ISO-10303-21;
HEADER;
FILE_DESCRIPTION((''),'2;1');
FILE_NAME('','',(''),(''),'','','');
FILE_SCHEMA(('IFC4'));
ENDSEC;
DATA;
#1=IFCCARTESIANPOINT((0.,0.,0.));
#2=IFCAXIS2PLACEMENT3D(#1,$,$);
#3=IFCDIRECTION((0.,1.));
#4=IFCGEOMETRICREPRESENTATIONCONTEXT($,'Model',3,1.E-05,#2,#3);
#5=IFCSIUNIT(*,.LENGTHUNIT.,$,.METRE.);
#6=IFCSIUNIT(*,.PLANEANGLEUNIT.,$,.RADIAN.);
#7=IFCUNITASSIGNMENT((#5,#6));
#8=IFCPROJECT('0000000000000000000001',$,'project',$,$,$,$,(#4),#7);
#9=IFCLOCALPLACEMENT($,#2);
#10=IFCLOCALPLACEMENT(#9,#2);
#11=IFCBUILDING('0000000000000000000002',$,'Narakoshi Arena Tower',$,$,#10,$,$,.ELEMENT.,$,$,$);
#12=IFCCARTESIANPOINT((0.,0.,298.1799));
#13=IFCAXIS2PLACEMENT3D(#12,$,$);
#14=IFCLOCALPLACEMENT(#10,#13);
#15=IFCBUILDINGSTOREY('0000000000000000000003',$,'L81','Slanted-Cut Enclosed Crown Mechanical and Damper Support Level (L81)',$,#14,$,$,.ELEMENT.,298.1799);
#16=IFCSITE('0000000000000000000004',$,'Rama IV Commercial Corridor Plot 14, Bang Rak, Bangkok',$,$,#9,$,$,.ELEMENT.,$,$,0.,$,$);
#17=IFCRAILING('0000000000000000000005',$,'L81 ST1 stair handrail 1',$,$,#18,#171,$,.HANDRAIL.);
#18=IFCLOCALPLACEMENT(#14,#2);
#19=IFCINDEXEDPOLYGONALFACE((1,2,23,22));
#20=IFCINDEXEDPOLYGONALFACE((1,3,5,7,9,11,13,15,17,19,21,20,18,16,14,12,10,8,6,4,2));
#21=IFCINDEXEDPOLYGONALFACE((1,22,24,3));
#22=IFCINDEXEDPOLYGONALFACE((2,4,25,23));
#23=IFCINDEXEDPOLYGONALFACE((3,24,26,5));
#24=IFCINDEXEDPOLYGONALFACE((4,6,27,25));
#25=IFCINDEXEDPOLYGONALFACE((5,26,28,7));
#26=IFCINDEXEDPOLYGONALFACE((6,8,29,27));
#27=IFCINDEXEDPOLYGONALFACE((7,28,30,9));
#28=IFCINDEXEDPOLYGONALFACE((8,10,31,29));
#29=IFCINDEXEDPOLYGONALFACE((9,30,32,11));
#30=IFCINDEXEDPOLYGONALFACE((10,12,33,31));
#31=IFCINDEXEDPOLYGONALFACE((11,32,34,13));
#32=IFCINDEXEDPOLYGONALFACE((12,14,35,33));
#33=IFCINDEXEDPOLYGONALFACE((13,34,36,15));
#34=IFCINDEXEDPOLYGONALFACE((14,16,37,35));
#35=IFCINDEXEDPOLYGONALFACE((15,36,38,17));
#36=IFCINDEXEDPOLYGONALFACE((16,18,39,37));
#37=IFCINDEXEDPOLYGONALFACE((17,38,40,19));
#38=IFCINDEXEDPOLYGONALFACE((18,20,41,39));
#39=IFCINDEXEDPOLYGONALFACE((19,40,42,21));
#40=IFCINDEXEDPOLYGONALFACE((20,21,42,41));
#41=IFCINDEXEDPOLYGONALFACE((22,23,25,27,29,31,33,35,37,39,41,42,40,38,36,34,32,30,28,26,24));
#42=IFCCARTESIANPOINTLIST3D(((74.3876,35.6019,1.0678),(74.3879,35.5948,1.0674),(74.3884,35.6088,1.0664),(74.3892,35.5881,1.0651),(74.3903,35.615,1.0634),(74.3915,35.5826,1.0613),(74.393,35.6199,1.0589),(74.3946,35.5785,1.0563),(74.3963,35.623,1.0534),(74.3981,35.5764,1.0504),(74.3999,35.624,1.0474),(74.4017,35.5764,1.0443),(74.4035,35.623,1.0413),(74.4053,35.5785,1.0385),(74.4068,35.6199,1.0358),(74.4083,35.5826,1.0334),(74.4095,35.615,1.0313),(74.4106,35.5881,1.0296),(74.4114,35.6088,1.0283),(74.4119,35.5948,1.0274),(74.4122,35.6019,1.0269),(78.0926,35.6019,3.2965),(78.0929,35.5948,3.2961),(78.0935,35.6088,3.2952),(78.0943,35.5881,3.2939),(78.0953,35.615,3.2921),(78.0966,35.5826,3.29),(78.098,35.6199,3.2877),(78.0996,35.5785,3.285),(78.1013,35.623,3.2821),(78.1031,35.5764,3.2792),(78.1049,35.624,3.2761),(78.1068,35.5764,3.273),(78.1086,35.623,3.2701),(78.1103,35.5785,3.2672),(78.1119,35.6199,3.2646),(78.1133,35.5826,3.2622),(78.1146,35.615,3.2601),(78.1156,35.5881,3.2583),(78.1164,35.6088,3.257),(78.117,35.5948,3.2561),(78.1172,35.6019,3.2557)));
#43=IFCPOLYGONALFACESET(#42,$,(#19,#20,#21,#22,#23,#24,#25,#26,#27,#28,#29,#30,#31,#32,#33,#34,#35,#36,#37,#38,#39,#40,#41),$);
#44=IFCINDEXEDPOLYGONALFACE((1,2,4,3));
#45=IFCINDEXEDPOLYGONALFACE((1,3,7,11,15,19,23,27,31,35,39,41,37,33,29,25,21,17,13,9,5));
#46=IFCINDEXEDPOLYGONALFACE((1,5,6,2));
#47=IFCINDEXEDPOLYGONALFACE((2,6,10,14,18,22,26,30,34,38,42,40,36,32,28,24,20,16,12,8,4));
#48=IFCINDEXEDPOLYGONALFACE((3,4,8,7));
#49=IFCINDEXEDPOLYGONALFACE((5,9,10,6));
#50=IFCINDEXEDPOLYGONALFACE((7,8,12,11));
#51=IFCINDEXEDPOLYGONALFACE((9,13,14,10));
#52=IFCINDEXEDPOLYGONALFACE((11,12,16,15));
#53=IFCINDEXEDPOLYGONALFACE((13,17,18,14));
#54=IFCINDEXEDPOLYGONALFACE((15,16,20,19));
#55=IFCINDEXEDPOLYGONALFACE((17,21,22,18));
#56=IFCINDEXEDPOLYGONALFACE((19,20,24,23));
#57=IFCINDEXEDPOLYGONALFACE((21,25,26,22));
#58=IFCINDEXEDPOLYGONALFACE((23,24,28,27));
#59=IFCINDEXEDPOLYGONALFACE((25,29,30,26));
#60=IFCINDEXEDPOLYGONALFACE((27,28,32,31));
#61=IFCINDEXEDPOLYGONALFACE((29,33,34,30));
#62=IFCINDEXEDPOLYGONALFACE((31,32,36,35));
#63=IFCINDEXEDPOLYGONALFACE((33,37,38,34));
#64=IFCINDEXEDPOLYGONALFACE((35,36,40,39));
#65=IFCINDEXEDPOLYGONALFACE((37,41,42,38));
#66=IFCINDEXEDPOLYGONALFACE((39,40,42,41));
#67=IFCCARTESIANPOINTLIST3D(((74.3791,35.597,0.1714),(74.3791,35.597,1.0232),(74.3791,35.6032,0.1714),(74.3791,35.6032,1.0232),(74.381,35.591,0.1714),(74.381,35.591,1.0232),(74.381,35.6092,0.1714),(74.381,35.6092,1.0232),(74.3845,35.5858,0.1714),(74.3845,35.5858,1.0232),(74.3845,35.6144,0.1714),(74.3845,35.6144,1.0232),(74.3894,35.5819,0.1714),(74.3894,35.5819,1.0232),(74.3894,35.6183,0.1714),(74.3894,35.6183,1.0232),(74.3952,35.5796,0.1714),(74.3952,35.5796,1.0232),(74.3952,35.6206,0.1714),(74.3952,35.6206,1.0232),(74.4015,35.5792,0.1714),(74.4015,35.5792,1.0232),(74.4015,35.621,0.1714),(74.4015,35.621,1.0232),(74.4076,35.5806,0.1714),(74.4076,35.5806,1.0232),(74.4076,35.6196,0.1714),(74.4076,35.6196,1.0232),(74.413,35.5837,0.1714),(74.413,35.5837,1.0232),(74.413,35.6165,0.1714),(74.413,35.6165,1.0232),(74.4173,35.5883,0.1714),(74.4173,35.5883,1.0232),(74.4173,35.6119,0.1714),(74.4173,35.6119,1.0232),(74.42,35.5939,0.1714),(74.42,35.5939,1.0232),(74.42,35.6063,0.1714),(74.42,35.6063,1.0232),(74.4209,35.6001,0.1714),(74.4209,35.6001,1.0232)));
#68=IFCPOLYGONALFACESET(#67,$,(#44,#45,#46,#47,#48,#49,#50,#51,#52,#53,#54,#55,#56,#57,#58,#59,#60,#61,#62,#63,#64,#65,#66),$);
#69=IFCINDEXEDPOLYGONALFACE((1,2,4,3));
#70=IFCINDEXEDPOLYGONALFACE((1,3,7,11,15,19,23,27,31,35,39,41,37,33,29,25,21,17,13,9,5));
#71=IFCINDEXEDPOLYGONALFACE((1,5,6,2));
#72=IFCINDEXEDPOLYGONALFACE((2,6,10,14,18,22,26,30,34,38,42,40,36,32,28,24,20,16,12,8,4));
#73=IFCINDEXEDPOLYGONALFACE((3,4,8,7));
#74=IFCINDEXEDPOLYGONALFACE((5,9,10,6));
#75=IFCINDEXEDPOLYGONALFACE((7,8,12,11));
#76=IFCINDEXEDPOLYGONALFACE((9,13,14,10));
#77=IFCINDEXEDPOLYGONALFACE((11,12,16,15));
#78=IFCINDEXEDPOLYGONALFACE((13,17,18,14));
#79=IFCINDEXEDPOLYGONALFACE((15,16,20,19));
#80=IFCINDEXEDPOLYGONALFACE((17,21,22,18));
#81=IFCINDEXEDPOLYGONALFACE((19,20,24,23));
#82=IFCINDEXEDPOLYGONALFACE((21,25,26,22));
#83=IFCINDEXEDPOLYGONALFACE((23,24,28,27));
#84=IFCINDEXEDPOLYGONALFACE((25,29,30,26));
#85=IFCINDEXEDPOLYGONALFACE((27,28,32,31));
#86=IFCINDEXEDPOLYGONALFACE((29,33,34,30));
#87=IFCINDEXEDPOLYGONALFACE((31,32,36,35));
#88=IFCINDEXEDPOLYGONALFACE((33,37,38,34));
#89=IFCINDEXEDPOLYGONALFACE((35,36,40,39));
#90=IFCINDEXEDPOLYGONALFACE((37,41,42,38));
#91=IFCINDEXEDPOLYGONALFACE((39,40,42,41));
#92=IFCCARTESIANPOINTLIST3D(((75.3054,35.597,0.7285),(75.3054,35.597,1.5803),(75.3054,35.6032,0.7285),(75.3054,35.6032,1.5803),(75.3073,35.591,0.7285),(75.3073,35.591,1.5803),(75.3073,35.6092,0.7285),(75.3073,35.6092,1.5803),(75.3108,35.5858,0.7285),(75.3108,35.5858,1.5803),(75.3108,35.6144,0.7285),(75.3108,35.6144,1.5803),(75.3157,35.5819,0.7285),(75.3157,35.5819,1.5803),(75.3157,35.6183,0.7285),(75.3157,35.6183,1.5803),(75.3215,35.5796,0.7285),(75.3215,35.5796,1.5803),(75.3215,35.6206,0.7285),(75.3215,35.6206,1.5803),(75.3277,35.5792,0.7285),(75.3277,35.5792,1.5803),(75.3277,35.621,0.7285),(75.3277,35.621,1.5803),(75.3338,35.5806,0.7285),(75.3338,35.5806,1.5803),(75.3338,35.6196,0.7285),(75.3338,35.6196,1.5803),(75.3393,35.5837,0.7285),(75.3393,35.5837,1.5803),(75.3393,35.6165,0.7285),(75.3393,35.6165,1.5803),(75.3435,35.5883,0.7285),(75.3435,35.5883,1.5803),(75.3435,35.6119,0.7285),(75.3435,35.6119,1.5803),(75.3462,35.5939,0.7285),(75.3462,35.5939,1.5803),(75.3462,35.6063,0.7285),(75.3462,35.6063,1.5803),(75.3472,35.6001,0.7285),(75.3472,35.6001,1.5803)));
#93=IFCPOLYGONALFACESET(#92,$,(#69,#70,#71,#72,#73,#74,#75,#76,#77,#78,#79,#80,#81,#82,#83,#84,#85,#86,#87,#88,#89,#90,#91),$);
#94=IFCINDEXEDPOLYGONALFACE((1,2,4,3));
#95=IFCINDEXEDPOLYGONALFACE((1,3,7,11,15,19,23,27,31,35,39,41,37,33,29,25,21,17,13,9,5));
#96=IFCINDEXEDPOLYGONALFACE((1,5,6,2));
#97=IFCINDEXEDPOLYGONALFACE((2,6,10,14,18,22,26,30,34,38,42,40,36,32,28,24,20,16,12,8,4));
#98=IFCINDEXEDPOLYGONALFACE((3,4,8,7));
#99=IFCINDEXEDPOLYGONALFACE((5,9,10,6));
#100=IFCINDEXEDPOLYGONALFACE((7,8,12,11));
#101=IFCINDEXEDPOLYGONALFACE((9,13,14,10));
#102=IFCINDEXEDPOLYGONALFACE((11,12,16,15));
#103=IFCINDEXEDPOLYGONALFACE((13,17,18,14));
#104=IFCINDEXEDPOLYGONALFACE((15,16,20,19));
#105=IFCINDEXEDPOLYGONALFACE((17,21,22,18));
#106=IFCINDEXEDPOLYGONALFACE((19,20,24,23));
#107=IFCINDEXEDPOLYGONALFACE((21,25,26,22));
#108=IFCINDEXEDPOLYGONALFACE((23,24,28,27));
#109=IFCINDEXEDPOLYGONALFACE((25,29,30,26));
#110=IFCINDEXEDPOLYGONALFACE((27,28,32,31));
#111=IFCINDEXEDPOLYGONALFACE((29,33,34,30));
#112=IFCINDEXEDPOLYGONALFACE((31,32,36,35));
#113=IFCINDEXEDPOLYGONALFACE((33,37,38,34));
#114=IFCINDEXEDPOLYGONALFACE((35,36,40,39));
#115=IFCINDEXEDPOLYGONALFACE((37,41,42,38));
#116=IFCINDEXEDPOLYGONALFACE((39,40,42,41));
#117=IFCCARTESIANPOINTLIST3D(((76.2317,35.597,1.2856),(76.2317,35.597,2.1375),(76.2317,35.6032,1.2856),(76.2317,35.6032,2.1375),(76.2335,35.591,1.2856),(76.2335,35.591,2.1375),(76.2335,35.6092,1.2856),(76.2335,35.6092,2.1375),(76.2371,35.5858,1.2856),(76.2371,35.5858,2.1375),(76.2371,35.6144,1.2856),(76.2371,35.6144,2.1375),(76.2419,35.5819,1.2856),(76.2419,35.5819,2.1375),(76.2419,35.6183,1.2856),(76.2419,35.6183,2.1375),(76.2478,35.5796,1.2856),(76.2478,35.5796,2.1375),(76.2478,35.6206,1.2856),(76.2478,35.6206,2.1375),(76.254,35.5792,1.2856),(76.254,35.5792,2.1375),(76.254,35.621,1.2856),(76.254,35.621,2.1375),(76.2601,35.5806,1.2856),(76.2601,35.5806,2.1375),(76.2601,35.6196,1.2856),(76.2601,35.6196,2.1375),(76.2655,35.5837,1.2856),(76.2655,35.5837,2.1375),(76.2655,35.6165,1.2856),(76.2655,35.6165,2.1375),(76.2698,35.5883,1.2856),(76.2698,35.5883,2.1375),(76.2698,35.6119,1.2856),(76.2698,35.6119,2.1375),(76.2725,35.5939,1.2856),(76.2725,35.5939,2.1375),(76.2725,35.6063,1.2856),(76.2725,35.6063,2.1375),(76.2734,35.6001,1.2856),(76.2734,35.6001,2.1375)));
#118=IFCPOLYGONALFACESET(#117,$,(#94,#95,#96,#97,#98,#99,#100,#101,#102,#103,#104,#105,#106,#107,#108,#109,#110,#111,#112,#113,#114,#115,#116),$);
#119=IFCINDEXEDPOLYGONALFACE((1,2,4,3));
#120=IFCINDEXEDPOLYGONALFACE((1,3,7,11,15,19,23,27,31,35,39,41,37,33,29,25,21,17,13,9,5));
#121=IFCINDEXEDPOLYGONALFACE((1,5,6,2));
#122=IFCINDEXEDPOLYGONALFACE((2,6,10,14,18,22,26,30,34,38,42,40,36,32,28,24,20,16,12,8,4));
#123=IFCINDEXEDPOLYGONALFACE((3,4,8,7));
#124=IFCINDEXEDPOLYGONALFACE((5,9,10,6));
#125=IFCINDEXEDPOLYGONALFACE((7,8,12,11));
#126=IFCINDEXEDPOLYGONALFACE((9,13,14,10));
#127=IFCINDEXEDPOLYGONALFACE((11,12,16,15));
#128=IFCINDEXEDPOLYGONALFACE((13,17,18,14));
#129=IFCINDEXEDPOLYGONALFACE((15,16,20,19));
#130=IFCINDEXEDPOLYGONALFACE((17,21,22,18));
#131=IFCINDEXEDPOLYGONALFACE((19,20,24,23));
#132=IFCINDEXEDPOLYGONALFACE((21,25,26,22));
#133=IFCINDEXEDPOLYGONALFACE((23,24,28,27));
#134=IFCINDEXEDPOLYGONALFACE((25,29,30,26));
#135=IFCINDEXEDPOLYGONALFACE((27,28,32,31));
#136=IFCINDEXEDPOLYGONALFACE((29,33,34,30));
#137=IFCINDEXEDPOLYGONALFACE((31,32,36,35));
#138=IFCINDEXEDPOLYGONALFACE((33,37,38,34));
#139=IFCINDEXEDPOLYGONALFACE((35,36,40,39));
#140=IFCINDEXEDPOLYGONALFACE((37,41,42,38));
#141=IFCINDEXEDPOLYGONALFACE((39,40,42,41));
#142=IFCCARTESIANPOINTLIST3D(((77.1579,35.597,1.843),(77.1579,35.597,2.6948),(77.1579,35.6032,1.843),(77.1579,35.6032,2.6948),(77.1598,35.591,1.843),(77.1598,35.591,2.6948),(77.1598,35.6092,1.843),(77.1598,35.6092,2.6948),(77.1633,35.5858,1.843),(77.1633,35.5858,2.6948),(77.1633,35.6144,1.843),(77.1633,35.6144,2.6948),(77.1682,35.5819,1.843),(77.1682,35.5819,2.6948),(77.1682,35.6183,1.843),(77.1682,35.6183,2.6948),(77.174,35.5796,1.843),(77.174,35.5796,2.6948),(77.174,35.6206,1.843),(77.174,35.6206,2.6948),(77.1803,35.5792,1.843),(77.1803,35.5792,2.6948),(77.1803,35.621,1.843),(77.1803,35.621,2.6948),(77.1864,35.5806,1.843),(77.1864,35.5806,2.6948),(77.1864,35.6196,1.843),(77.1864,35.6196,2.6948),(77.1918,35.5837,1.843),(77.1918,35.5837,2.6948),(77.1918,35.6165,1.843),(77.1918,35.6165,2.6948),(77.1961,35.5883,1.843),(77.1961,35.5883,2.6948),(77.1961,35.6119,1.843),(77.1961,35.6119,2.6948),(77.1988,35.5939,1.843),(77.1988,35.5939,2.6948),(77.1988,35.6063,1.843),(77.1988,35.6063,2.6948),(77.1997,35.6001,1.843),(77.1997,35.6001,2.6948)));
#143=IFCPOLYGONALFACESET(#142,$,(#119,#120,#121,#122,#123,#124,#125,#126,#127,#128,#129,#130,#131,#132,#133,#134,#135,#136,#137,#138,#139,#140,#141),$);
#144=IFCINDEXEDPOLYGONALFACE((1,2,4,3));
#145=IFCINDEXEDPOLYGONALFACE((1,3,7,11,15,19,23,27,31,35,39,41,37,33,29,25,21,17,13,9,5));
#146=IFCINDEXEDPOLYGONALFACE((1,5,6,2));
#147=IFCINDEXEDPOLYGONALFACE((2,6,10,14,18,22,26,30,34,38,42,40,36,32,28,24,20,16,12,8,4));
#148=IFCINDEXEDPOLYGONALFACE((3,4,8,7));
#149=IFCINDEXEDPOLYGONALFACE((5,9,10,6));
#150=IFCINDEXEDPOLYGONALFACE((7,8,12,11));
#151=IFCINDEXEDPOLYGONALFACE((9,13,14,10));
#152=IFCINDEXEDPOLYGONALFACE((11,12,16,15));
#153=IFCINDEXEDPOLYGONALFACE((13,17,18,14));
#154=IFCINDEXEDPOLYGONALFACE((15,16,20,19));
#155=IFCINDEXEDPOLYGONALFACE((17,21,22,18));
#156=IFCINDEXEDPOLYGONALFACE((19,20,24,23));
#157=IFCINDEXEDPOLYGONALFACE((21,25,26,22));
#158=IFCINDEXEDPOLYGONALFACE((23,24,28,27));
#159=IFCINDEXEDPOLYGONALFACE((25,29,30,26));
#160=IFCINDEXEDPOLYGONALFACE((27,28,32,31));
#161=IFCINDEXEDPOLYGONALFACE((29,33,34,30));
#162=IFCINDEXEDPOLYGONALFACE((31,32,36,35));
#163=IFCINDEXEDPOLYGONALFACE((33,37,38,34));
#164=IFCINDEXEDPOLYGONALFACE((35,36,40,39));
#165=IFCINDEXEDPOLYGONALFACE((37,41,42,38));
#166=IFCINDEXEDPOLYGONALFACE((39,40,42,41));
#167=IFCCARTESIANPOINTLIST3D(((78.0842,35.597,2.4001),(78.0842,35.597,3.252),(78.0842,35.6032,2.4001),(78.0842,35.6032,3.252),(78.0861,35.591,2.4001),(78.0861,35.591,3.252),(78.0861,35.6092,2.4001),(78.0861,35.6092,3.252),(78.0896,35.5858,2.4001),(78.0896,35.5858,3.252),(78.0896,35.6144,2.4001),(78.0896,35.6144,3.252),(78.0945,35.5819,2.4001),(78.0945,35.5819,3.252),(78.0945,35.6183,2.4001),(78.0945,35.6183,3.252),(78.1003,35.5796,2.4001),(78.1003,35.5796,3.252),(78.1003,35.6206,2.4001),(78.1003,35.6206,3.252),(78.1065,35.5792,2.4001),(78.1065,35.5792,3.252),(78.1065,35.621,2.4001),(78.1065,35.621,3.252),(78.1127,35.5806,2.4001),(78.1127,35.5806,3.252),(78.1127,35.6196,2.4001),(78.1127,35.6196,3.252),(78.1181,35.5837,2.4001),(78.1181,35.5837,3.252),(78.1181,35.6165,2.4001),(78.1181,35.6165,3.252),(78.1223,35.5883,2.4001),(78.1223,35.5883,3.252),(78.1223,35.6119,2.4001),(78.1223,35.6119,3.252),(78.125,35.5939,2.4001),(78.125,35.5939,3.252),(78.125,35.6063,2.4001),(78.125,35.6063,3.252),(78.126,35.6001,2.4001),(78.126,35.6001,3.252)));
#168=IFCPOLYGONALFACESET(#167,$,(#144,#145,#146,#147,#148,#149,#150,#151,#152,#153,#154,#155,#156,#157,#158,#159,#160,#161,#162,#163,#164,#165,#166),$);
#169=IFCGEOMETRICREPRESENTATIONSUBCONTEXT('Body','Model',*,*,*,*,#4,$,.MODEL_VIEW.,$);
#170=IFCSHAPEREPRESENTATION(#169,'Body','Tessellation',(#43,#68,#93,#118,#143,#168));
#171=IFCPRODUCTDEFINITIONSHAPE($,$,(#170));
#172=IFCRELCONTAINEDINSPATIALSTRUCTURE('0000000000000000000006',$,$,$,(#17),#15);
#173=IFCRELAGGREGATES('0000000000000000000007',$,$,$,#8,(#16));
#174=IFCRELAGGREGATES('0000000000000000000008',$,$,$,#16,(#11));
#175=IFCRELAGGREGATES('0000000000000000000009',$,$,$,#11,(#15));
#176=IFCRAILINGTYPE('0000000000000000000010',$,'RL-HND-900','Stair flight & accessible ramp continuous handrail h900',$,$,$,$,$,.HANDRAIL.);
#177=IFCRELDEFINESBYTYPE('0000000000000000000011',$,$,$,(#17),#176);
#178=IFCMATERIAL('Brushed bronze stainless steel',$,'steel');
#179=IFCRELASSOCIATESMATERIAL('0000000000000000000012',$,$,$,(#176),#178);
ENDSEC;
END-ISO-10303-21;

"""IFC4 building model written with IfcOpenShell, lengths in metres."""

from ifc_helpers import new_model, si_unit, direction, frame, origin, origin_2d, place, context, subcontext, project, spatial, circle, extrude, material, type_object, element, save


model = new_model("IFC4")

# Units and contexts
model_context = context("Model", 3, precision=1e-05, world=origin(), true_north=direction((0.0, 1.0)))
body_context = subcontext(model_context, "Body", "Model", "MODEL_VIEW")
ifc_project = project(units=[si_unit("LENGTHUNIT", "METRE"), si_unit("PLANEANGLEUNIT", "RADIAN")], contexts=[model_context])

# Site, building, storey
site_placement = place(None, origin())
site = spatial("IfcSite", under=ifc_project, at=site_placement, Name="Rama IV Commercial Corridor Plot 14, Bang Rak, Bangkok", CompositionType="ELEMENT", RefElevation=0.0)
building_placement = place(site_placement, origin())
building = spatial("IfcBuilding", under=site, at=building_placement, Name="Narakoshi Arena Tower", CompositionType="ELEMENT")
storey_placement = place(building_placement, frame((0.0, 0.0, 298.1799)))
storey = spatial("IfcBuildingStorey", under=building, at=storey_placement, Name="L81", Description="Slanted-Cut Enclosed Crown Mechanical and Damper Support Level (L81)", CompositionType="ELEMENT", Elevation=298.1799)

# Railing
ifc_material_1 = material(Name="Brushed bronze stainless steel", Category="steel")
railing_type_1 = type_object("IfcRailingType", Name="RL-HND-900", Description="Stair flight & accessible ramp continuous handrail h900", PredefinedType="HANDRAIL", material=ifc_material_1)
railing_1_placement = place(storey_placement, frame((74.3999, 35.6001, 0.1714)))
element("IfcRailing", 1, at=railing_1_placement, inside=storey, type_object=railing_type_1, Name="L81 ST1 stair handrail 1", PredefinedType="HANDRAIL", context=body_context, shape_type="SweptSolid", body=[
    extrude(circle(Radius=0.0239, at=origin_2d()), frame((0.0, 0.0, 0.876), z_axis=(0.856909, 0.0, 0.515467), x_axis=(0.0, 1.0, 0.0)), (0.0, 0.0, 1.0), 4.3237),
    extrude(circle(Radius=0.021, at=origin_2d()), origin(), (0.0, 0.0, 1.0), 0.8518),
    extrude(circle(Radius=0.021, at=origin_2d()), frame((0.9263, 0.0, 0.5571)), (0.0, 0.0, 1.0), 0.8518),
    extrude(circle(Radius=0.021, at=origin_2d()), frame((1.8525, 0.0, 1.1143)), (0.0, 0.0, 1.0), 0.8518),
    extrude(circle(Radius=0.021, at=origin_2d()), frame((2.7788, 0.0, 1.6716)), (0.0, 0.0, 1.0), 0.8518),
    extrude(circle(Radius=0.021, at=origin_2d()), frame((3.7051, 0.0, 2.2288)), (0.0, 0.0, 1.0), 0.8518),
])

save(model, "model.ifc")
